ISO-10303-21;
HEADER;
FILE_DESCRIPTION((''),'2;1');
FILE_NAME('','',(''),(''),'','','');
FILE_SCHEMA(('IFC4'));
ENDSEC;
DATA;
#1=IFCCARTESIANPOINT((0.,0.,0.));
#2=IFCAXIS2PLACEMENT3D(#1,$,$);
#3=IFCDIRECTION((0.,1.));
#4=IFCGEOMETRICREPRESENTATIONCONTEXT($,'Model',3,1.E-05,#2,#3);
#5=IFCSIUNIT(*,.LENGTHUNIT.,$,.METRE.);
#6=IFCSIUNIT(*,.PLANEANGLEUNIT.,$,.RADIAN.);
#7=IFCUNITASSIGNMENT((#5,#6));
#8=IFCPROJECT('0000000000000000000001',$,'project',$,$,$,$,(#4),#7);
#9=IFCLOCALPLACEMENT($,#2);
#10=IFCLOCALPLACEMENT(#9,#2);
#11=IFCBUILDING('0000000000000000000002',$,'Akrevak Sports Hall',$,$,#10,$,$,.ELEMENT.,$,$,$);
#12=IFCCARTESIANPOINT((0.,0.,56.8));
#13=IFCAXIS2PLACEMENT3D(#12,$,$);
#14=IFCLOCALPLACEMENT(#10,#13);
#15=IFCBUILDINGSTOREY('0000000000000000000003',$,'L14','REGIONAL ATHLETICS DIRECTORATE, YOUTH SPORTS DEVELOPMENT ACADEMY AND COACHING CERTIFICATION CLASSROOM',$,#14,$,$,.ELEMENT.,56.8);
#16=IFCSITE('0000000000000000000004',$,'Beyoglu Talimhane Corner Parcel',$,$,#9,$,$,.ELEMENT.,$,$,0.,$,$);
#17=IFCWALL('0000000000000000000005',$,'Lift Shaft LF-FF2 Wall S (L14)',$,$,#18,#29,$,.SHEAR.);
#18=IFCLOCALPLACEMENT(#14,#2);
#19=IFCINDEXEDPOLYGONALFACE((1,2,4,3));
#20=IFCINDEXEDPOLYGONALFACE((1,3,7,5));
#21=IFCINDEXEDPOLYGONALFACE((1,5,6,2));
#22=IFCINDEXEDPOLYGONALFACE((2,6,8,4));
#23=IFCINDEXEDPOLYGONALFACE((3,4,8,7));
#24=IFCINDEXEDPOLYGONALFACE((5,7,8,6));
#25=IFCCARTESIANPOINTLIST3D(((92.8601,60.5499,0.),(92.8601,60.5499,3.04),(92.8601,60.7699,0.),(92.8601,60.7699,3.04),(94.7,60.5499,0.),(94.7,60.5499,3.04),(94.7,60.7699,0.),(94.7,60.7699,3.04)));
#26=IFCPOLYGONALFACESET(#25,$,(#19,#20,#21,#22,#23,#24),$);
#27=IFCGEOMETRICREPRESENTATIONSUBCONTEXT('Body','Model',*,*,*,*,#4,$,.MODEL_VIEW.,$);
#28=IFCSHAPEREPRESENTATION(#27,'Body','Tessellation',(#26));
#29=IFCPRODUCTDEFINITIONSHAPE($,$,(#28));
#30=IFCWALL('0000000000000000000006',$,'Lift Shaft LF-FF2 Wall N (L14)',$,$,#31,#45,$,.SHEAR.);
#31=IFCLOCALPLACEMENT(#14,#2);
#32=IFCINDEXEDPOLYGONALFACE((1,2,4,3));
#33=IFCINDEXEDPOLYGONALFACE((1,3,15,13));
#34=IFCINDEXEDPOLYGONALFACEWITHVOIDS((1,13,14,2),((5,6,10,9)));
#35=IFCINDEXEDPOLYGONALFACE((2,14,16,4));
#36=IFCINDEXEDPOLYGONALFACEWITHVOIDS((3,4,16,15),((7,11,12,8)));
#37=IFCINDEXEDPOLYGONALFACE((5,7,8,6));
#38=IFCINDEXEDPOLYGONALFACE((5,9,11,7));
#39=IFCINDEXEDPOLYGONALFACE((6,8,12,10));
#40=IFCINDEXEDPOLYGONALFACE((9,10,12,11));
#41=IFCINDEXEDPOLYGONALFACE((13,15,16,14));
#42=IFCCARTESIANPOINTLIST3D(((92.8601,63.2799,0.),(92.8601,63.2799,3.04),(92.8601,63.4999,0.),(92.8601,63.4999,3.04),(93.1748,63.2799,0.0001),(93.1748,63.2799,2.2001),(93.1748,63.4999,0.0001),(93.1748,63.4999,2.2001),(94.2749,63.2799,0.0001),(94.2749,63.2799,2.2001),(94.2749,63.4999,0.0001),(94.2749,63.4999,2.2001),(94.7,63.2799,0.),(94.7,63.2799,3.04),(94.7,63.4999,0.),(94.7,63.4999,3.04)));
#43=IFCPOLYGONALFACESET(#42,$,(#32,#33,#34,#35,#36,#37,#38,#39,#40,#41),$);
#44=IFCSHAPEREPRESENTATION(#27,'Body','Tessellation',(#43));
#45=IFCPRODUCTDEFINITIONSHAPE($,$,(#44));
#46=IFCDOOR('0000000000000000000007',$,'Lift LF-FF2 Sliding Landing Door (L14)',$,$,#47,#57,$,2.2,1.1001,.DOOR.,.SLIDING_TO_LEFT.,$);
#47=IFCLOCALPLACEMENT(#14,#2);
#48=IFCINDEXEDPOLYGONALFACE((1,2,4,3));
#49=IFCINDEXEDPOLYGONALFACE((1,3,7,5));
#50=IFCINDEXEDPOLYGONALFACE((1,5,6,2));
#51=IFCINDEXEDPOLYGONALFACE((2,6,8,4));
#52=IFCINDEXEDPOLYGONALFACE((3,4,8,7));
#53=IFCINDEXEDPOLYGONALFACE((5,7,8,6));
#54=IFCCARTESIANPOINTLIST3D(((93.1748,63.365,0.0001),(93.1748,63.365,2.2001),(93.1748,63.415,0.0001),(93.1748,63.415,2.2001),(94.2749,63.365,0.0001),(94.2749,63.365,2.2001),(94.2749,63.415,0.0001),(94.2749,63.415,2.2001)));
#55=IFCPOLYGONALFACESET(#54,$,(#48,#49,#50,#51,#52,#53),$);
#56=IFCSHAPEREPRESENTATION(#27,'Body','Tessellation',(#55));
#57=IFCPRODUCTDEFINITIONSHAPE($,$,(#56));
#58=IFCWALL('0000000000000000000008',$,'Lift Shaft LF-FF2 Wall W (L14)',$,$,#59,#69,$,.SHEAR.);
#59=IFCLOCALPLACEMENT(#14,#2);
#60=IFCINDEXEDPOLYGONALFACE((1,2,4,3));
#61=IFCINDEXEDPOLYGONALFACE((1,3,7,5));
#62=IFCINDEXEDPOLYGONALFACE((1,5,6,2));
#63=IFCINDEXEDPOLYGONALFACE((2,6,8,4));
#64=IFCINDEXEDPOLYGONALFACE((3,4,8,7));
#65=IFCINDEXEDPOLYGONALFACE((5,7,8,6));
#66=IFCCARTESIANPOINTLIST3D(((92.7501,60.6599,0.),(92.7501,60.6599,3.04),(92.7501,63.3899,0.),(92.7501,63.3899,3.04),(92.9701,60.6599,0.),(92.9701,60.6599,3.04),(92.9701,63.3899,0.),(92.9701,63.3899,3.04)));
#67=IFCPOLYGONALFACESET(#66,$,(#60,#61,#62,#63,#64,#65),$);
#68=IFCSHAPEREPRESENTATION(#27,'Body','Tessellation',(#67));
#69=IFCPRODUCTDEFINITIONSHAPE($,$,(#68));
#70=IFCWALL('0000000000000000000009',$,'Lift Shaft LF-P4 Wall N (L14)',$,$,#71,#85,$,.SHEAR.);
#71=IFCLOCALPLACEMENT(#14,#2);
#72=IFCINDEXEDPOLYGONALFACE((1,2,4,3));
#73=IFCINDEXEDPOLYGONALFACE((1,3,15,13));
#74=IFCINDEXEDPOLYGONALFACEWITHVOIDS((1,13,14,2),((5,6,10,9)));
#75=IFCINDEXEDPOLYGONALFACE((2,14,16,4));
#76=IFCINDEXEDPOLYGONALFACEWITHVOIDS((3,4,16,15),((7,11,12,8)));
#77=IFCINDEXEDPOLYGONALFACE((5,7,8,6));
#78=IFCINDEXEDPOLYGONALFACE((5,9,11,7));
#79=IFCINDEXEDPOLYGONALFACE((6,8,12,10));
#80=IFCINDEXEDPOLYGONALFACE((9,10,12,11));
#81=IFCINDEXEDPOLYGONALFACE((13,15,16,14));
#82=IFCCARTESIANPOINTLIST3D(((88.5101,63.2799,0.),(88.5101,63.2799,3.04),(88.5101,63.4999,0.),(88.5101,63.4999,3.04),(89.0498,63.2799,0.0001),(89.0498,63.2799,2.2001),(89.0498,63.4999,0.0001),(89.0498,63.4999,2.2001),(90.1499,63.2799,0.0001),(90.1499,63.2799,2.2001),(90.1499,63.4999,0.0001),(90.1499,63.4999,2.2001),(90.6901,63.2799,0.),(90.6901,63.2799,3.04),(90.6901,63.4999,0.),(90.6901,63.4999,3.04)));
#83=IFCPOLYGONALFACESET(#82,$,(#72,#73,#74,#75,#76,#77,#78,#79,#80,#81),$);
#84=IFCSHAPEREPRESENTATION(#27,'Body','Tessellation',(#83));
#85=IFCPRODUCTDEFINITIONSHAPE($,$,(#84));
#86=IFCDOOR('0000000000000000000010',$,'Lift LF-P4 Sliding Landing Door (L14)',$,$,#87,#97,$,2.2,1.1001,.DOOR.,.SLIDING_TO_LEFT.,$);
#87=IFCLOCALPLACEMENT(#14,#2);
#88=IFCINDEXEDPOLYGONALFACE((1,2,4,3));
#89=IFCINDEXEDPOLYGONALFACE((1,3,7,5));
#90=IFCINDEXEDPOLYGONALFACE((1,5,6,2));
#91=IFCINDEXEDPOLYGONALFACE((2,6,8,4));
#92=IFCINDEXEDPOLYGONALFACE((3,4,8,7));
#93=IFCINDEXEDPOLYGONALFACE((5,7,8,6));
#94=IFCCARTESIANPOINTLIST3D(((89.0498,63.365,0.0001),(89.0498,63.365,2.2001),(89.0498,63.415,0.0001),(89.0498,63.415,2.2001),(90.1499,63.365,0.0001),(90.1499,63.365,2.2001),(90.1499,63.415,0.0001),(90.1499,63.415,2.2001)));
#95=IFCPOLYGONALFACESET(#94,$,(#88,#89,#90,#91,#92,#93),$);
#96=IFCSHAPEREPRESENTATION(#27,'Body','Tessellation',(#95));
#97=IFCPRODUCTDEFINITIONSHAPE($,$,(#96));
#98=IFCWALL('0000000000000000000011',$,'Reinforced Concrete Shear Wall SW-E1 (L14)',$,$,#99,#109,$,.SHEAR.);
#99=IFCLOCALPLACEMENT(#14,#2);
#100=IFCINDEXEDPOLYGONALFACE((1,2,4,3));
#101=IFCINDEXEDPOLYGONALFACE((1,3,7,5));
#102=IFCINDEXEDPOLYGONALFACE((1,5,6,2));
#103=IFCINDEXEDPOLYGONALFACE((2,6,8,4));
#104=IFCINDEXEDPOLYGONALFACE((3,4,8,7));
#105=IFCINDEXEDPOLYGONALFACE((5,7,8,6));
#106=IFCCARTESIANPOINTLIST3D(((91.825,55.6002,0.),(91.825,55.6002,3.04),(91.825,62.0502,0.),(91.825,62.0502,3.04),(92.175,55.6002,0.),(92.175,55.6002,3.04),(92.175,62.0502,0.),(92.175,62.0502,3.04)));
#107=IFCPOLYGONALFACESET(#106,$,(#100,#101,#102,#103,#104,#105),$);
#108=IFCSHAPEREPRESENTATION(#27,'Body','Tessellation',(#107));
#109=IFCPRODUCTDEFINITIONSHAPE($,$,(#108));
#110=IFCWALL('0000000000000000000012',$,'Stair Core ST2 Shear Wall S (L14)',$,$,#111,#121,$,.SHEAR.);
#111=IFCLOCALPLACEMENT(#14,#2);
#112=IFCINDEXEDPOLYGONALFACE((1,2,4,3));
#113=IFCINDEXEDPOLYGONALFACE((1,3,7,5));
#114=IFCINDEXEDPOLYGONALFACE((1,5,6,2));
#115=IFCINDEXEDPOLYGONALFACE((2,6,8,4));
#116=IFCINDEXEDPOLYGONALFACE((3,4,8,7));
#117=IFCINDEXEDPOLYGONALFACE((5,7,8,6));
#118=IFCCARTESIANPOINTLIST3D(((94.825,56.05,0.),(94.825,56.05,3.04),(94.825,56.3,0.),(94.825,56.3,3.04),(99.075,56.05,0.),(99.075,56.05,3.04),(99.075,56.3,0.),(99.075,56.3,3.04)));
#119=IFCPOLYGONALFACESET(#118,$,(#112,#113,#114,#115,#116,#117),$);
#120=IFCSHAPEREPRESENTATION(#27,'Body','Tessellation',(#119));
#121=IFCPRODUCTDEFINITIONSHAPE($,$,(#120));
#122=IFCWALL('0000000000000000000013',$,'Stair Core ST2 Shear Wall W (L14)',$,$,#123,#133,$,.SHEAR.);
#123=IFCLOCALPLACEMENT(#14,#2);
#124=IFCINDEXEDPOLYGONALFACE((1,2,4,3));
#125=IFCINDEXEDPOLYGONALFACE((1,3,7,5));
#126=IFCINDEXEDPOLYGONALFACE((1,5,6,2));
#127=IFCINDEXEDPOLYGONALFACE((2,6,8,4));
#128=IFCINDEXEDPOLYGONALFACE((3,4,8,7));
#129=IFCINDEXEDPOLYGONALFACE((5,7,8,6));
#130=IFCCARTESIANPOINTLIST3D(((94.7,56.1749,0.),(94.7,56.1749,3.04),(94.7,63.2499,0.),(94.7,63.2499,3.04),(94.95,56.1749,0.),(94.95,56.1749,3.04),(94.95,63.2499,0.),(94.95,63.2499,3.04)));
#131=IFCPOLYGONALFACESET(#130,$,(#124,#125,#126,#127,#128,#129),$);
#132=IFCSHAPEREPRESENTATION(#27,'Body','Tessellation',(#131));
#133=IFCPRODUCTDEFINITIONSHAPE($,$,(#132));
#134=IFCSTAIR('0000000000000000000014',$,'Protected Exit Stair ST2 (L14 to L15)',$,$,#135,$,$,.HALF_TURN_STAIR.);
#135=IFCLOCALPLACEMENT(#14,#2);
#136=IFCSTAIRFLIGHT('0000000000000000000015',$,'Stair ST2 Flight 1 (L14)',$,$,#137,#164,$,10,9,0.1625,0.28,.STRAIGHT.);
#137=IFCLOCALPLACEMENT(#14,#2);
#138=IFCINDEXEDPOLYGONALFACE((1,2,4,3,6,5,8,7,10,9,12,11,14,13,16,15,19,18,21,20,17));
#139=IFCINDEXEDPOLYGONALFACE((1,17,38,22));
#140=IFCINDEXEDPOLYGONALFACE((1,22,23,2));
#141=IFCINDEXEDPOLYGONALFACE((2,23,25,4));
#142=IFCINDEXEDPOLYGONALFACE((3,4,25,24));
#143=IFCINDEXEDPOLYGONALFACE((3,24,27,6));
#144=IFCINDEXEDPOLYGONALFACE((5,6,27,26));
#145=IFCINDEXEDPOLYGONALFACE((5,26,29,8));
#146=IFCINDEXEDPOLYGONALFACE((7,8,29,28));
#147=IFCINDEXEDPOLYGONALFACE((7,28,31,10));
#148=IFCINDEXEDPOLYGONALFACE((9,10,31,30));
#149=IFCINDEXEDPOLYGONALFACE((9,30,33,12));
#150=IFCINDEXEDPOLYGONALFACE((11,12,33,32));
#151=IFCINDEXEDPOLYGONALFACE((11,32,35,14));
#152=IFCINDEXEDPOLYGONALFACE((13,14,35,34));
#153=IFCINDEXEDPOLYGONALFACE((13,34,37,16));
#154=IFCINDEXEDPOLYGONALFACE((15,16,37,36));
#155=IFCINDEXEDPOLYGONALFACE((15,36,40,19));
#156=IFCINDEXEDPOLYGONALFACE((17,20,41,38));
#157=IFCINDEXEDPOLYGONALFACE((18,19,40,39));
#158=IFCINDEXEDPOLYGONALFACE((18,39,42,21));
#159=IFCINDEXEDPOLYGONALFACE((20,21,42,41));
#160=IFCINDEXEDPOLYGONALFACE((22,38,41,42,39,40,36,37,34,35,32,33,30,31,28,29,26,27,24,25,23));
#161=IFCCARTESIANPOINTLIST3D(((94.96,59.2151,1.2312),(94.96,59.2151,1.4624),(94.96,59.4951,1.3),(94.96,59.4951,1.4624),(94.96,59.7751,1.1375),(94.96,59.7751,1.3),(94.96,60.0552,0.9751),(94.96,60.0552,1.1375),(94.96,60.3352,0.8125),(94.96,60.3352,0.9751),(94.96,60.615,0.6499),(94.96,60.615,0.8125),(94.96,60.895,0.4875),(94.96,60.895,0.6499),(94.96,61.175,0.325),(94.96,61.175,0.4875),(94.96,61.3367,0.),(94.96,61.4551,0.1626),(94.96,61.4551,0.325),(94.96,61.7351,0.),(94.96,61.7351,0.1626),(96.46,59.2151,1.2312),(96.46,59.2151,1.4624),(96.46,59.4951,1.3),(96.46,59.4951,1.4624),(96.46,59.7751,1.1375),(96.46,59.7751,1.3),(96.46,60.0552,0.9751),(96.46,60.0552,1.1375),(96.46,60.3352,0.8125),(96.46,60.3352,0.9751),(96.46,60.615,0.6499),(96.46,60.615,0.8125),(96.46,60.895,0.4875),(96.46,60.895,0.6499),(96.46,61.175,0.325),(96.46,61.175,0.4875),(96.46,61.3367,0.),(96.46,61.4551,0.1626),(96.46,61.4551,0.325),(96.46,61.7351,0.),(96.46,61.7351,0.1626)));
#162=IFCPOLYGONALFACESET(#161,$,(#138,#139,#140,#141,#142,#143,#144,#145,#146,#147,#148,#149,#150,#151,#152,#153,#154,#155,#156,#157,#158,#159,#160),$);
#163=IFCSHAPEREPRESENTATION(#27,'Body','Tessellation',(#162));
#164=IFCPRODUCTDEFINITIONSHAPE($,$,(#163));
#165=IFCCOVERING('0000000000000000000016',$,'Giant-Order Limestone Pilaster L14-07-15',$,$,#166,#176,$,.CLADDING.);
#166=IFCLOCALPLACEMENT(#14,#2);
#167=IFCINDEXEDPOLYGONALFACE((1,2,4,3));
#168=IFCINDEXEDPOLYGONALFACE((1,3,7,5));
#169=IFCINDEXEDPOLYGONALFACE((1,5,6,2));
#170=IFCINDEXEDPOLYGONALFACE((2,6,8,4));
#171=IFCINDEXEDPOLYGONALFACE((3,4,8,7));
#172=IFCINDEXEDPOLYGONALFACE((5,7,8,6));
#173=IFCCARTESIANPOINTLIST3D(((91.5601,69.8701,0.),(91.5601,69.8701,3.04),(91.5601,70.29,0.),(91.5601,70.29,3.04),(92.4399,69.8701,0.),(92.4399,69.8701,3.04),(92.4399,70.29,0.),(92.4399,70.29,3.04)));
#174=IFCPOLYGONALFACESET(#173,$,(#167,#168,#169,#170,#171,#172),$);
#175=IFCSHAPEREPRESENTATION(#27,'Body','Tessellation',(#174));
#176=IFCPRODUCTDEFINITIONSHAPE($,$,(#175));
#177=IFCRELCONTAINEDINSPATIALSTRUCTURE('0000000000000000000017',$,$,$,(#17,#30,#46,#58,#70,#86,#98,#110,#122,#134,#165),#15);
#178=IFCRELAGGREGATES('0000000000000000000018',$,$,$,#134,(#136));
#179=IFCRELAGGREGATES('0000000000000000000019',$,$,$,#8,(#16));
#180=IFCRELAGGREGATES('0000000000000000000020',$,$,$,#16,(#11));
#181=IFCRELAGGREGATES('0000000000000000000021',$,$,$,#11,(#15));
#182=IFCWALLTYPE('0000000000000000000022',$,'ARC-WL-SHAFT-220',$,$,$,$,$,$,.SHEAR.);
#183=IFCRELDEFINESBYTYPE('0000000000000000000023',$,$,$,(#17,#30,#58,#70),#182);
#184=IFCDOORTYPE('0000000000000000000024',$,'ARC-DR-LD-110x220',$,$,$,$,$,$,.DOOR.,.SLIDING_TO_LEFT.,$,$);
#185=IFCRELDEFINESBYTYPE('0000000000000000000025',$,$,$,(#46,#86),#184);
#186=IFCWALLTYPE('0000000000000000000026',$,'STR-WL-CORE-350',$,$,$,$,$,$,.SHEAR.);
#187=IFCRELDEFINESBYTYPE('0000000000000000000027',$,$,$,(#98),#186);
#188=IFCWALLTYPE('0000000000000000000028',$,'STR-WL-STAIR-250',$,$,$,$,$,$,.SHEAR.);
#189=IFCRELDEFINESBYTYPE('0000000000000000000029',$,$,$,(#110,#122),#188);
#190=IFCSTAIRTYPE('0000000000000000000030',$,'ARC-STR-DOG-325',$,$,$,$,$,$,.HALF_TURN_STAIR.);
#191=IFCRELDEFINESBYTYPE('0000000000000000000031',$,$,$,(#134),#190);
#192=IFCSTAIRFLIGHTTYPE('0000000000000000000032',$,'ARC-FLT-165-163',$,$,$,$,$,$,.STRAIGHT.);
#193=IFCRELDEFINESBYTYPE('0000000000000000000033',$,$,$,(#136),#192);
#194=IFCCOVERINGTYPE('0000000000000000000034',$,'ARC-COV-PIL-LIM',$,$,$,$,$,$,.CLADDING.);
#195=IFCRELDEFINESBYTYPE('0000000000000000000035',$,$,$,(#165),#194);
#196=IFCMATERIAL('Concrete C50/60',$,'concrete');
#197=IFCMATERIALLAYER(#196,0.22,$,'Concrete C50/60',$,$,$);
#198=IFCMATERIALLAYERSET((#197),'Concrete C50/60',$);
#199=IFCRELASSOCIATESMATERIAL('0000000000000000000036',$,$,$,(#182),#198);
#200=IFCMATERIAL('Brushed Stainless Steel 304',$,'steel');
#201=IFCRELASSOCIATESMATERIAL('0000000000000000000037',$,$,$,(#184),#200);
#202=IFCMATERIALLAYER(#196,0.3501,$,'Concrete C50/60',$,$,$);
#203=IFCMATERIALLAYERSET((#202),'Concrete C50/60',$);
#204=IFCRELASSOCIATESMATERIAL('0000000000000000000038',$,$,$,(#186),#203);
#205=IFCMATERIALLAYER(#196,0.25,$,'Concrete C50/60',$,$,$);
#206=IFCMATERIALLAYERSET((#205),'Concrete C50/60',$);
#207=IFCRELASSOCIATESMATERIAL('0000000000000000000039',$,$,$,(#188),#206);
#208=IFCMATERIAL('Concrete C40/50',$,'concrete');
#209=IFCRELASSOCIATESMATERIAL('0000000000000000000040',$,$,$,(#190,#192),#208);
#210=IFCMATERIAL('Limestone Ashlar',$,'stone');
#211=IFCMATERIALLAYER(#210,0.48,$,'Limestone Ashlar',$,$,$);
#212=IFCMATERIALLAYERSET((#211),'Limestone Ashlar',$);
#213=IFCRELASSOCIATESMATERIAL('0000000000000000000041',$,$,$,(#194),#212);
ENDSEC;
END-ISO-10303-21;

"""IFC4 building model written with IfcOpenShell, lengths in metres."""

from ifc_helpers import new_model, si_unit, direction, frame, frame_2d, origin, origin_2d, place, context, subcontext, project, spatial, polyline, rectangle, outline, extrude, material, layer, layer_set, type_object, element, fill, aggregate, save


model = new_model("IFC4")

# Units and contexts
model_context = context("Model", 3, precision=1e-05, world=origin(), true_north=direction((0.0, 1.0)))
body_context = subcontext(model_context, "Body", "Model", "MODEL_VIEW")
ifc_project = project(units=[si_unit("LENGTHUNIT", "METRE"), si_unit("PLANEANGLEUNIT", "RADIAN")], contexts=[model_context])

# Site, building, storey
site_placement = place(None, origin())
site = spatial("IfcSite", under=ifc_project, at=site_placement, Name="Beyoglu Talimhane Corner Parcel", CompositionType="ELEMENT", RefElevation=0.0)
building_placement = place(site_placement, origin())
building = spatial("IfcBuilding", under=site, at=building_placement, Name="Akrevak Sports Hall", CompositionType="ELEMENT")
storey_placement = place(building_placement, frame((0.0, 0.0, 56.8)))
storey = spatial("IfcBuildingStorey", under=building, at=storey_placement, Name="L14", Description="REGIONAL ATHLETICS DIRECTORATE, YOUTH SPORTS DEVELOPMENT ACADEMY AND COACHING CERTIFICATION CLASSROOM", CompositionType="ELEMENT", Elevation=56.8)

# Shared definitions
ifc_material_1 = material(Name="Concrete C40/50", Category="concrete")

# Wall
ifc_material_2 = material(Name="Concrete C50/60", Category="concrete")
ifc_layer_1 = layer(ifc_material_2, 0.22, Name="Concrete C50/60")
ifc_layer_set_1 = layer_set([ifc_layer_1], Name="Concrete C50/60")
wall_type_1 = type_object("IfcWallType", Name="ARC-WL-SHAFT-220", PredefinedType="SHEAR", material=ifc_layer_set_1)
wall_1_placement = place(storey_placement, frame((92.8601, 60.6599, 0.0), z_axis=(0.0, 0.0, 1.0), x_axis=(1.0, 0.0, 0.0)))
element("IfcWall", 1, at=wall_1_placement, inside=storey, type_object=wall_type_1, Name="Lift Shaft LF-FF2 Wall S (L14)", PredefinedType="SHEAR", context=body_context, shape_type="SweptSolid", body=[
    extrude(rectangle(XDim=1.8398, YDim=0.22, at=frame_2d((0.9199, 0.0))), origin(), (0.0, 0.0, 1.0), 3.04),
])

# Wall, opening, door
wall_2_placement = place(storey_placement, frame((94.7, 63.3899, 0.0), z_axis=(0.0, 0.0, 1.0), x_axis=(-1.0, 0.0, 0.0)))
wall_2 = element("IfcWall", 2, at=wall_2_placement, inside=storey, type_object=wall_type_1, Name="Lift Shaft LF-FF2 Wall N (L14)", PredefinedType="SHEAR", context=body_context, shape_type="SweptSolid", body=[
    extrude(rectangle(XDim=1.8398, YDim=0.22, at=frame_2d((0.9199, 0.0))), origin(), (0.0, 0.0, 1.0), 3.04),
])
opening_1_placement = place(wall_2_placement, frame((0.425, 0.0, 0.0)))
opening_1 = element("IfcOpeningElement", 3, at=opening_1_placement, cuts=wall_2, PredefinedType="OPENING", context=body_context, shape_type="SweptSolid", body=[
    extrude(rectangle(XDim=1.1001, YDim=2.2, at=frame_2d((0.55, 1.1001))), frame((0.0, 0.1221, 0.0), z_axis=(0.0, -1.0, 0.0), x_axis=(1.0, 0.0, 0.0)), (0.0, 0.0, 1.0), 0.2439),
])
ifc_material_3 = material(Name="Brushed Stainless Steel 304", Category="steel")
door_type_1 = type_object("IfcDoorType", Name="ARC-DR-LD-110x220", OperationType="SLIDING_TO_LEFT", PredefinedType="DOOR", material=ifc_material_3)
door_1_placement = place(opening_1_placement, origin())
door_1 = element("IfcDoor", 4, at=door_1_placement, inside=storey, type_object=door_type_1, Name="Lift LF-FF2 Sliding Landing Door (L14)", OperationType="SLIDING_TO_LEFT", OverallHeight=2.2, OverallWidth=1.1001, PredefinedType="DOOR", context=body_context, shape_type="SweptSolid", body=[
    extrude(rectangle(XDim=1.1001, YDim=2.2, at=frame_2d((0.55, 1.1001))), frame((0.0, 0.0249, 0.0), z_axis=(0.0, -1.0, 0.0), x_axis=(1.0, 0.0, 0.0)), (0.0, 0.0, 1.0), 0.05),
])
fill(opening_1, door_1)

# Wall
wall_3_placement = place(storey_placement, frame((92.8601, 63.3899, 0.0), z_axis=(0.0, 0.0, 1.0), x_axis=(0.0, -1.0, 0.0)))
element("IfcWall", 5, at=wall_3_placement, inside=storey, type_object=wall_type_1, Name="Lift Shaft LF-FF2 Wall W (L14)", PredefinedType="SHEAR", context=body_context, shape_type="SweptSolid", body=[
    extrude(rectangle(XDim=2.73, YDim=0.22, at=frame_2d((1.365, 0.0))), origin(), (0.0, 0.0, 1.0), 3.04),
])

# Wall, opening, door
wall_4_placement = place(storey_placement, frame((90.6899, 63.3899, 0.0), z_axis=(0.0, 0.0, 1.0), x_axis=(-1.0, 0.0, 0.0)))
wall_4 = element("IfcWall", 6, at=wall_4_placement, inside=storey, type_object=wall_type_1, Name="Lift Shaft LF-P4 Wall N (L14)", PredefinedType="SHEAR", context=body_context, shape_type="SweptSolid", body=[
    extrude(rectangle(XDim=2.1799, YDim=0.22, at=frame_2d((1.0898, 0.0))), origin(), (0.0, 0.0, 1.0), 3.04),
])
opening_2_placement = place(wall_4_placement, frame((0.54, 0.0, 0.0)))
opening_2 = element("IfcOpeningElement", 7, at=opening_2_placement, cuts=wall_4, PredefinedType="OPENING", context=body_context, shape_type="SweptSolid", body=[
    extrude(rectangle(XDim=1.1001, YDim=2.2, at=frame_2d((0.55, 1.1001))), frame((0.0, 0.1221, 0.0), z_axis=(0.0, -1.0, 0.0), x_axis=(1.0, 0.0, 0.0)), (0.0, 0.0, 1.0), 0.2439),
])
door_2_placement = place(opening_2_placement, origin())
door_2 = element("IfcDoor", 8, at=door_2_placement, inside=storey, type_object=door_type_1, Name="Lift LF-P4 Sliding Landing Door (L14)", OperationType="SLIDING_TO_LEFT", OverallHeight=2.2, OverallWidth=1.1001, PredefinedType="DOOR", context=body_context, shape_type="SweptSolid", body=[
    extrude(rectangle(XDim=1.1001, YDim=2.2, at=frame_2d((0.55, 1.1001))), frame((0.0, 0.0249, 0.0), z_axis=(0.0, -1.0, 0.0), x_axis=(1.0, 0.0, 0.0)), (0.0, 0.0, 1.0), 0.05),
])
fill(opening_2, door_2)

# Walls
ifc_layer_2 = layer(ifc_material_2, 0.3501, Name="Concrete C50/60")
ifc_layer_set_2 = layer_set([ifc_layer_2], Name="Concrete C50/60")
wall_type_2 = type_object("IfcWallType", Name="STR-WL-CORE-350", PredefinedType="SHEAR", material=ifc_layer_set_2)
wall_5_placement = place(storey_placement, frame((92.0, 55.6001, 0.0), z_axis=(0.0, 0.0, 1.0), x_axis=(0.0, 1.0, 0.0)))
element("IfcWall", 9, at=wall_5_placement, inside=storey, type_object=wall_type_2, Name="Reinforced Concrete Shear Wall SW-E1 (L14)", PredefinedType="SHEAR", context=body_context, shape_type="SweptSolid", body=[
    extrude(rectangle(XDim=6.45, YDim=0.3501, at=frame_2d((3.2251, 0.0))), origin(), (0.0, 0.0, 1.0), 3.04),
])
ifc_layer_3 = layer(ifc_material_2, 0.25, Name="Concrete C50/60")
ifc_layer_set_3 = layer_set([ifc_layer_3], Name="Concrete C50/60")
wall_type_3 = type_object("IfcWallType", Name="STR-WL-STAIR-250", PredefinedType="SHEAR", material=ifc_layer_set_3)
wall_6_placement = place(storey_placement, frame((94.825, 56.175, 0.0), z_axis=(0.0, 0.0, 1.0), x_axis=(1.0, 0.0, 0.0)))
element("IfcWall", 10, at=wall_6_placement, inside=storey, type_object=wall_type_3, Name="Stair Core ST2 Shear Wall S (L14)", PredefinedType="SHEAR", context=body_context, shape_type="SweptSolid", body=[
    extrude(rectangle(XDim=4.25, YDim=0.25, at=frame_2d((2.125, 0.0))), origin(), (0.0, 0.0, 1.0), 3.04),
])
wall_7_placement = place(storey_placement, frame((94.825, 63.25, 0.0), z_axis=(0.0, 0.0, 1.0), x_axis=(0.0, -1.0, 0.0)))
element("IfcWall", 11, at=wall_7_placement, inside=storey, type_object=wall_type_3, Name="Stair Core ST2 Shear Wall W (L14)", PredefinedType="SHEAR", context=body_context, shape_type="SweptSolid", body=[
    extrude(rectangle(XDim=7.075, YDim=0.25, at=frame_2d((3.5376, 0.0))), origin(), (0.0, 0.0, 1.0), 3.04),
])

# Stair, stair flight
stair_type = type_object("IfcStairType", Name="ARC-STR-DOG-325", PredefinedType="HALF_TURN_STAIR", material=ifc_material_1)
stair_placement = place(storey_placement, origin())
stair = element("IfcStair", 12, at=stair_placement, inside=storey, type_object=stair_type, Name="Protected Exit Stair ST2 (L14 to L15)", PredefinedType="HALF_TURN_STAIR")
stair_flight_type = type_object("IfcStairFlightType", Name="ARC-FLT-165-163", PredefinedType="STRAIGHT", material=ifc_material_1)
stair_flight_placement = place(storey_placement, frame((95.71, 61.7351, 0.0), z_axis=(0.0, 0.0, 1.0), x_axis=(0.0, -1.0, 0.0)))
stair_flight = element("IfcStairFlight", 13, at=stair_flight_placement, type_object=stair_flight_type, Name="Stair ST2 Flight 1 (L14)", NumberOfRisers=10, NumberOfTreads=9, PredefinedType="STRAIGHT", RiserHeight=0.1625, TreadLength=0.28, context=body_context, shape_type="SweptSolid", body=[
    extrude(outline(polyline([(0.0, 0.0), (0.0, 0.1626), (0.28, 0.1626), (0.28, 0.325), (0.5601, 0.325), (0.5601, 0.4875), (0.8401, 0.4875), (0.8401, 0.6499), (1.1201, 0.6499), (1.1201, 0.8125), (1.3999, 0.8125), (1.3999, 0.9751), (1.6799, 0.9751), (1.6799, 1.1375), (1.96, 1.1375), (1.96, 1.3), (2.24, 1.3), (2.24, 1.4624), (2.52, 1.4624), (2.52, 1.625), (2.52, 1.2312), (0.3984, 0.0), (0.0, 0.0)])), frame((0.0, 0.75, 0.0), z_axis=(0.0, -1.0, 0.0), x_axis=(1.0, 0.0, 0.0)), (0.0, 0.0, 1.0), 1.5),
])
aggregate(stair, [stair_flight])

# Covering
ifc_material_4 = material(Name="Limestone Ashlar", Category="stone")
ifc_layer_4 = layer(ifc_material_4, 0.48, Name="Limestone Ashlar")
ifc_layer_set_4 = layer_set([ifc_layer_4], Name="Limestone Ashlar")
covering_type = type_object("IfcCoveringType", Name="ARC-COV-PIL-LIM", PredefinedType="CLADDING", material=ifc_layer_set_4)
covering_placement = place(storey_placement, frame((92.0, 70.0801, 0.0), z_axis=(0.0, 0.0, 1.0), x_axis=(-1.0, 0.0, 0.0)))
element("IfcCovering", 14, at=covering_placement, inside=storey, type_object=covering_type, Name="Giant-Order Limestone Pilaster L14-07-15", PredefinedType="CLADDING", context=body_context, shape_type="SweptSolid", body=[
    extrude(rectangle(XDim=0.8799, YDim=0.4199, at=origin_2d()), origin(), (0.0, 0.0, 1.0), 3.04),
])

save(model, "model.ifc")
